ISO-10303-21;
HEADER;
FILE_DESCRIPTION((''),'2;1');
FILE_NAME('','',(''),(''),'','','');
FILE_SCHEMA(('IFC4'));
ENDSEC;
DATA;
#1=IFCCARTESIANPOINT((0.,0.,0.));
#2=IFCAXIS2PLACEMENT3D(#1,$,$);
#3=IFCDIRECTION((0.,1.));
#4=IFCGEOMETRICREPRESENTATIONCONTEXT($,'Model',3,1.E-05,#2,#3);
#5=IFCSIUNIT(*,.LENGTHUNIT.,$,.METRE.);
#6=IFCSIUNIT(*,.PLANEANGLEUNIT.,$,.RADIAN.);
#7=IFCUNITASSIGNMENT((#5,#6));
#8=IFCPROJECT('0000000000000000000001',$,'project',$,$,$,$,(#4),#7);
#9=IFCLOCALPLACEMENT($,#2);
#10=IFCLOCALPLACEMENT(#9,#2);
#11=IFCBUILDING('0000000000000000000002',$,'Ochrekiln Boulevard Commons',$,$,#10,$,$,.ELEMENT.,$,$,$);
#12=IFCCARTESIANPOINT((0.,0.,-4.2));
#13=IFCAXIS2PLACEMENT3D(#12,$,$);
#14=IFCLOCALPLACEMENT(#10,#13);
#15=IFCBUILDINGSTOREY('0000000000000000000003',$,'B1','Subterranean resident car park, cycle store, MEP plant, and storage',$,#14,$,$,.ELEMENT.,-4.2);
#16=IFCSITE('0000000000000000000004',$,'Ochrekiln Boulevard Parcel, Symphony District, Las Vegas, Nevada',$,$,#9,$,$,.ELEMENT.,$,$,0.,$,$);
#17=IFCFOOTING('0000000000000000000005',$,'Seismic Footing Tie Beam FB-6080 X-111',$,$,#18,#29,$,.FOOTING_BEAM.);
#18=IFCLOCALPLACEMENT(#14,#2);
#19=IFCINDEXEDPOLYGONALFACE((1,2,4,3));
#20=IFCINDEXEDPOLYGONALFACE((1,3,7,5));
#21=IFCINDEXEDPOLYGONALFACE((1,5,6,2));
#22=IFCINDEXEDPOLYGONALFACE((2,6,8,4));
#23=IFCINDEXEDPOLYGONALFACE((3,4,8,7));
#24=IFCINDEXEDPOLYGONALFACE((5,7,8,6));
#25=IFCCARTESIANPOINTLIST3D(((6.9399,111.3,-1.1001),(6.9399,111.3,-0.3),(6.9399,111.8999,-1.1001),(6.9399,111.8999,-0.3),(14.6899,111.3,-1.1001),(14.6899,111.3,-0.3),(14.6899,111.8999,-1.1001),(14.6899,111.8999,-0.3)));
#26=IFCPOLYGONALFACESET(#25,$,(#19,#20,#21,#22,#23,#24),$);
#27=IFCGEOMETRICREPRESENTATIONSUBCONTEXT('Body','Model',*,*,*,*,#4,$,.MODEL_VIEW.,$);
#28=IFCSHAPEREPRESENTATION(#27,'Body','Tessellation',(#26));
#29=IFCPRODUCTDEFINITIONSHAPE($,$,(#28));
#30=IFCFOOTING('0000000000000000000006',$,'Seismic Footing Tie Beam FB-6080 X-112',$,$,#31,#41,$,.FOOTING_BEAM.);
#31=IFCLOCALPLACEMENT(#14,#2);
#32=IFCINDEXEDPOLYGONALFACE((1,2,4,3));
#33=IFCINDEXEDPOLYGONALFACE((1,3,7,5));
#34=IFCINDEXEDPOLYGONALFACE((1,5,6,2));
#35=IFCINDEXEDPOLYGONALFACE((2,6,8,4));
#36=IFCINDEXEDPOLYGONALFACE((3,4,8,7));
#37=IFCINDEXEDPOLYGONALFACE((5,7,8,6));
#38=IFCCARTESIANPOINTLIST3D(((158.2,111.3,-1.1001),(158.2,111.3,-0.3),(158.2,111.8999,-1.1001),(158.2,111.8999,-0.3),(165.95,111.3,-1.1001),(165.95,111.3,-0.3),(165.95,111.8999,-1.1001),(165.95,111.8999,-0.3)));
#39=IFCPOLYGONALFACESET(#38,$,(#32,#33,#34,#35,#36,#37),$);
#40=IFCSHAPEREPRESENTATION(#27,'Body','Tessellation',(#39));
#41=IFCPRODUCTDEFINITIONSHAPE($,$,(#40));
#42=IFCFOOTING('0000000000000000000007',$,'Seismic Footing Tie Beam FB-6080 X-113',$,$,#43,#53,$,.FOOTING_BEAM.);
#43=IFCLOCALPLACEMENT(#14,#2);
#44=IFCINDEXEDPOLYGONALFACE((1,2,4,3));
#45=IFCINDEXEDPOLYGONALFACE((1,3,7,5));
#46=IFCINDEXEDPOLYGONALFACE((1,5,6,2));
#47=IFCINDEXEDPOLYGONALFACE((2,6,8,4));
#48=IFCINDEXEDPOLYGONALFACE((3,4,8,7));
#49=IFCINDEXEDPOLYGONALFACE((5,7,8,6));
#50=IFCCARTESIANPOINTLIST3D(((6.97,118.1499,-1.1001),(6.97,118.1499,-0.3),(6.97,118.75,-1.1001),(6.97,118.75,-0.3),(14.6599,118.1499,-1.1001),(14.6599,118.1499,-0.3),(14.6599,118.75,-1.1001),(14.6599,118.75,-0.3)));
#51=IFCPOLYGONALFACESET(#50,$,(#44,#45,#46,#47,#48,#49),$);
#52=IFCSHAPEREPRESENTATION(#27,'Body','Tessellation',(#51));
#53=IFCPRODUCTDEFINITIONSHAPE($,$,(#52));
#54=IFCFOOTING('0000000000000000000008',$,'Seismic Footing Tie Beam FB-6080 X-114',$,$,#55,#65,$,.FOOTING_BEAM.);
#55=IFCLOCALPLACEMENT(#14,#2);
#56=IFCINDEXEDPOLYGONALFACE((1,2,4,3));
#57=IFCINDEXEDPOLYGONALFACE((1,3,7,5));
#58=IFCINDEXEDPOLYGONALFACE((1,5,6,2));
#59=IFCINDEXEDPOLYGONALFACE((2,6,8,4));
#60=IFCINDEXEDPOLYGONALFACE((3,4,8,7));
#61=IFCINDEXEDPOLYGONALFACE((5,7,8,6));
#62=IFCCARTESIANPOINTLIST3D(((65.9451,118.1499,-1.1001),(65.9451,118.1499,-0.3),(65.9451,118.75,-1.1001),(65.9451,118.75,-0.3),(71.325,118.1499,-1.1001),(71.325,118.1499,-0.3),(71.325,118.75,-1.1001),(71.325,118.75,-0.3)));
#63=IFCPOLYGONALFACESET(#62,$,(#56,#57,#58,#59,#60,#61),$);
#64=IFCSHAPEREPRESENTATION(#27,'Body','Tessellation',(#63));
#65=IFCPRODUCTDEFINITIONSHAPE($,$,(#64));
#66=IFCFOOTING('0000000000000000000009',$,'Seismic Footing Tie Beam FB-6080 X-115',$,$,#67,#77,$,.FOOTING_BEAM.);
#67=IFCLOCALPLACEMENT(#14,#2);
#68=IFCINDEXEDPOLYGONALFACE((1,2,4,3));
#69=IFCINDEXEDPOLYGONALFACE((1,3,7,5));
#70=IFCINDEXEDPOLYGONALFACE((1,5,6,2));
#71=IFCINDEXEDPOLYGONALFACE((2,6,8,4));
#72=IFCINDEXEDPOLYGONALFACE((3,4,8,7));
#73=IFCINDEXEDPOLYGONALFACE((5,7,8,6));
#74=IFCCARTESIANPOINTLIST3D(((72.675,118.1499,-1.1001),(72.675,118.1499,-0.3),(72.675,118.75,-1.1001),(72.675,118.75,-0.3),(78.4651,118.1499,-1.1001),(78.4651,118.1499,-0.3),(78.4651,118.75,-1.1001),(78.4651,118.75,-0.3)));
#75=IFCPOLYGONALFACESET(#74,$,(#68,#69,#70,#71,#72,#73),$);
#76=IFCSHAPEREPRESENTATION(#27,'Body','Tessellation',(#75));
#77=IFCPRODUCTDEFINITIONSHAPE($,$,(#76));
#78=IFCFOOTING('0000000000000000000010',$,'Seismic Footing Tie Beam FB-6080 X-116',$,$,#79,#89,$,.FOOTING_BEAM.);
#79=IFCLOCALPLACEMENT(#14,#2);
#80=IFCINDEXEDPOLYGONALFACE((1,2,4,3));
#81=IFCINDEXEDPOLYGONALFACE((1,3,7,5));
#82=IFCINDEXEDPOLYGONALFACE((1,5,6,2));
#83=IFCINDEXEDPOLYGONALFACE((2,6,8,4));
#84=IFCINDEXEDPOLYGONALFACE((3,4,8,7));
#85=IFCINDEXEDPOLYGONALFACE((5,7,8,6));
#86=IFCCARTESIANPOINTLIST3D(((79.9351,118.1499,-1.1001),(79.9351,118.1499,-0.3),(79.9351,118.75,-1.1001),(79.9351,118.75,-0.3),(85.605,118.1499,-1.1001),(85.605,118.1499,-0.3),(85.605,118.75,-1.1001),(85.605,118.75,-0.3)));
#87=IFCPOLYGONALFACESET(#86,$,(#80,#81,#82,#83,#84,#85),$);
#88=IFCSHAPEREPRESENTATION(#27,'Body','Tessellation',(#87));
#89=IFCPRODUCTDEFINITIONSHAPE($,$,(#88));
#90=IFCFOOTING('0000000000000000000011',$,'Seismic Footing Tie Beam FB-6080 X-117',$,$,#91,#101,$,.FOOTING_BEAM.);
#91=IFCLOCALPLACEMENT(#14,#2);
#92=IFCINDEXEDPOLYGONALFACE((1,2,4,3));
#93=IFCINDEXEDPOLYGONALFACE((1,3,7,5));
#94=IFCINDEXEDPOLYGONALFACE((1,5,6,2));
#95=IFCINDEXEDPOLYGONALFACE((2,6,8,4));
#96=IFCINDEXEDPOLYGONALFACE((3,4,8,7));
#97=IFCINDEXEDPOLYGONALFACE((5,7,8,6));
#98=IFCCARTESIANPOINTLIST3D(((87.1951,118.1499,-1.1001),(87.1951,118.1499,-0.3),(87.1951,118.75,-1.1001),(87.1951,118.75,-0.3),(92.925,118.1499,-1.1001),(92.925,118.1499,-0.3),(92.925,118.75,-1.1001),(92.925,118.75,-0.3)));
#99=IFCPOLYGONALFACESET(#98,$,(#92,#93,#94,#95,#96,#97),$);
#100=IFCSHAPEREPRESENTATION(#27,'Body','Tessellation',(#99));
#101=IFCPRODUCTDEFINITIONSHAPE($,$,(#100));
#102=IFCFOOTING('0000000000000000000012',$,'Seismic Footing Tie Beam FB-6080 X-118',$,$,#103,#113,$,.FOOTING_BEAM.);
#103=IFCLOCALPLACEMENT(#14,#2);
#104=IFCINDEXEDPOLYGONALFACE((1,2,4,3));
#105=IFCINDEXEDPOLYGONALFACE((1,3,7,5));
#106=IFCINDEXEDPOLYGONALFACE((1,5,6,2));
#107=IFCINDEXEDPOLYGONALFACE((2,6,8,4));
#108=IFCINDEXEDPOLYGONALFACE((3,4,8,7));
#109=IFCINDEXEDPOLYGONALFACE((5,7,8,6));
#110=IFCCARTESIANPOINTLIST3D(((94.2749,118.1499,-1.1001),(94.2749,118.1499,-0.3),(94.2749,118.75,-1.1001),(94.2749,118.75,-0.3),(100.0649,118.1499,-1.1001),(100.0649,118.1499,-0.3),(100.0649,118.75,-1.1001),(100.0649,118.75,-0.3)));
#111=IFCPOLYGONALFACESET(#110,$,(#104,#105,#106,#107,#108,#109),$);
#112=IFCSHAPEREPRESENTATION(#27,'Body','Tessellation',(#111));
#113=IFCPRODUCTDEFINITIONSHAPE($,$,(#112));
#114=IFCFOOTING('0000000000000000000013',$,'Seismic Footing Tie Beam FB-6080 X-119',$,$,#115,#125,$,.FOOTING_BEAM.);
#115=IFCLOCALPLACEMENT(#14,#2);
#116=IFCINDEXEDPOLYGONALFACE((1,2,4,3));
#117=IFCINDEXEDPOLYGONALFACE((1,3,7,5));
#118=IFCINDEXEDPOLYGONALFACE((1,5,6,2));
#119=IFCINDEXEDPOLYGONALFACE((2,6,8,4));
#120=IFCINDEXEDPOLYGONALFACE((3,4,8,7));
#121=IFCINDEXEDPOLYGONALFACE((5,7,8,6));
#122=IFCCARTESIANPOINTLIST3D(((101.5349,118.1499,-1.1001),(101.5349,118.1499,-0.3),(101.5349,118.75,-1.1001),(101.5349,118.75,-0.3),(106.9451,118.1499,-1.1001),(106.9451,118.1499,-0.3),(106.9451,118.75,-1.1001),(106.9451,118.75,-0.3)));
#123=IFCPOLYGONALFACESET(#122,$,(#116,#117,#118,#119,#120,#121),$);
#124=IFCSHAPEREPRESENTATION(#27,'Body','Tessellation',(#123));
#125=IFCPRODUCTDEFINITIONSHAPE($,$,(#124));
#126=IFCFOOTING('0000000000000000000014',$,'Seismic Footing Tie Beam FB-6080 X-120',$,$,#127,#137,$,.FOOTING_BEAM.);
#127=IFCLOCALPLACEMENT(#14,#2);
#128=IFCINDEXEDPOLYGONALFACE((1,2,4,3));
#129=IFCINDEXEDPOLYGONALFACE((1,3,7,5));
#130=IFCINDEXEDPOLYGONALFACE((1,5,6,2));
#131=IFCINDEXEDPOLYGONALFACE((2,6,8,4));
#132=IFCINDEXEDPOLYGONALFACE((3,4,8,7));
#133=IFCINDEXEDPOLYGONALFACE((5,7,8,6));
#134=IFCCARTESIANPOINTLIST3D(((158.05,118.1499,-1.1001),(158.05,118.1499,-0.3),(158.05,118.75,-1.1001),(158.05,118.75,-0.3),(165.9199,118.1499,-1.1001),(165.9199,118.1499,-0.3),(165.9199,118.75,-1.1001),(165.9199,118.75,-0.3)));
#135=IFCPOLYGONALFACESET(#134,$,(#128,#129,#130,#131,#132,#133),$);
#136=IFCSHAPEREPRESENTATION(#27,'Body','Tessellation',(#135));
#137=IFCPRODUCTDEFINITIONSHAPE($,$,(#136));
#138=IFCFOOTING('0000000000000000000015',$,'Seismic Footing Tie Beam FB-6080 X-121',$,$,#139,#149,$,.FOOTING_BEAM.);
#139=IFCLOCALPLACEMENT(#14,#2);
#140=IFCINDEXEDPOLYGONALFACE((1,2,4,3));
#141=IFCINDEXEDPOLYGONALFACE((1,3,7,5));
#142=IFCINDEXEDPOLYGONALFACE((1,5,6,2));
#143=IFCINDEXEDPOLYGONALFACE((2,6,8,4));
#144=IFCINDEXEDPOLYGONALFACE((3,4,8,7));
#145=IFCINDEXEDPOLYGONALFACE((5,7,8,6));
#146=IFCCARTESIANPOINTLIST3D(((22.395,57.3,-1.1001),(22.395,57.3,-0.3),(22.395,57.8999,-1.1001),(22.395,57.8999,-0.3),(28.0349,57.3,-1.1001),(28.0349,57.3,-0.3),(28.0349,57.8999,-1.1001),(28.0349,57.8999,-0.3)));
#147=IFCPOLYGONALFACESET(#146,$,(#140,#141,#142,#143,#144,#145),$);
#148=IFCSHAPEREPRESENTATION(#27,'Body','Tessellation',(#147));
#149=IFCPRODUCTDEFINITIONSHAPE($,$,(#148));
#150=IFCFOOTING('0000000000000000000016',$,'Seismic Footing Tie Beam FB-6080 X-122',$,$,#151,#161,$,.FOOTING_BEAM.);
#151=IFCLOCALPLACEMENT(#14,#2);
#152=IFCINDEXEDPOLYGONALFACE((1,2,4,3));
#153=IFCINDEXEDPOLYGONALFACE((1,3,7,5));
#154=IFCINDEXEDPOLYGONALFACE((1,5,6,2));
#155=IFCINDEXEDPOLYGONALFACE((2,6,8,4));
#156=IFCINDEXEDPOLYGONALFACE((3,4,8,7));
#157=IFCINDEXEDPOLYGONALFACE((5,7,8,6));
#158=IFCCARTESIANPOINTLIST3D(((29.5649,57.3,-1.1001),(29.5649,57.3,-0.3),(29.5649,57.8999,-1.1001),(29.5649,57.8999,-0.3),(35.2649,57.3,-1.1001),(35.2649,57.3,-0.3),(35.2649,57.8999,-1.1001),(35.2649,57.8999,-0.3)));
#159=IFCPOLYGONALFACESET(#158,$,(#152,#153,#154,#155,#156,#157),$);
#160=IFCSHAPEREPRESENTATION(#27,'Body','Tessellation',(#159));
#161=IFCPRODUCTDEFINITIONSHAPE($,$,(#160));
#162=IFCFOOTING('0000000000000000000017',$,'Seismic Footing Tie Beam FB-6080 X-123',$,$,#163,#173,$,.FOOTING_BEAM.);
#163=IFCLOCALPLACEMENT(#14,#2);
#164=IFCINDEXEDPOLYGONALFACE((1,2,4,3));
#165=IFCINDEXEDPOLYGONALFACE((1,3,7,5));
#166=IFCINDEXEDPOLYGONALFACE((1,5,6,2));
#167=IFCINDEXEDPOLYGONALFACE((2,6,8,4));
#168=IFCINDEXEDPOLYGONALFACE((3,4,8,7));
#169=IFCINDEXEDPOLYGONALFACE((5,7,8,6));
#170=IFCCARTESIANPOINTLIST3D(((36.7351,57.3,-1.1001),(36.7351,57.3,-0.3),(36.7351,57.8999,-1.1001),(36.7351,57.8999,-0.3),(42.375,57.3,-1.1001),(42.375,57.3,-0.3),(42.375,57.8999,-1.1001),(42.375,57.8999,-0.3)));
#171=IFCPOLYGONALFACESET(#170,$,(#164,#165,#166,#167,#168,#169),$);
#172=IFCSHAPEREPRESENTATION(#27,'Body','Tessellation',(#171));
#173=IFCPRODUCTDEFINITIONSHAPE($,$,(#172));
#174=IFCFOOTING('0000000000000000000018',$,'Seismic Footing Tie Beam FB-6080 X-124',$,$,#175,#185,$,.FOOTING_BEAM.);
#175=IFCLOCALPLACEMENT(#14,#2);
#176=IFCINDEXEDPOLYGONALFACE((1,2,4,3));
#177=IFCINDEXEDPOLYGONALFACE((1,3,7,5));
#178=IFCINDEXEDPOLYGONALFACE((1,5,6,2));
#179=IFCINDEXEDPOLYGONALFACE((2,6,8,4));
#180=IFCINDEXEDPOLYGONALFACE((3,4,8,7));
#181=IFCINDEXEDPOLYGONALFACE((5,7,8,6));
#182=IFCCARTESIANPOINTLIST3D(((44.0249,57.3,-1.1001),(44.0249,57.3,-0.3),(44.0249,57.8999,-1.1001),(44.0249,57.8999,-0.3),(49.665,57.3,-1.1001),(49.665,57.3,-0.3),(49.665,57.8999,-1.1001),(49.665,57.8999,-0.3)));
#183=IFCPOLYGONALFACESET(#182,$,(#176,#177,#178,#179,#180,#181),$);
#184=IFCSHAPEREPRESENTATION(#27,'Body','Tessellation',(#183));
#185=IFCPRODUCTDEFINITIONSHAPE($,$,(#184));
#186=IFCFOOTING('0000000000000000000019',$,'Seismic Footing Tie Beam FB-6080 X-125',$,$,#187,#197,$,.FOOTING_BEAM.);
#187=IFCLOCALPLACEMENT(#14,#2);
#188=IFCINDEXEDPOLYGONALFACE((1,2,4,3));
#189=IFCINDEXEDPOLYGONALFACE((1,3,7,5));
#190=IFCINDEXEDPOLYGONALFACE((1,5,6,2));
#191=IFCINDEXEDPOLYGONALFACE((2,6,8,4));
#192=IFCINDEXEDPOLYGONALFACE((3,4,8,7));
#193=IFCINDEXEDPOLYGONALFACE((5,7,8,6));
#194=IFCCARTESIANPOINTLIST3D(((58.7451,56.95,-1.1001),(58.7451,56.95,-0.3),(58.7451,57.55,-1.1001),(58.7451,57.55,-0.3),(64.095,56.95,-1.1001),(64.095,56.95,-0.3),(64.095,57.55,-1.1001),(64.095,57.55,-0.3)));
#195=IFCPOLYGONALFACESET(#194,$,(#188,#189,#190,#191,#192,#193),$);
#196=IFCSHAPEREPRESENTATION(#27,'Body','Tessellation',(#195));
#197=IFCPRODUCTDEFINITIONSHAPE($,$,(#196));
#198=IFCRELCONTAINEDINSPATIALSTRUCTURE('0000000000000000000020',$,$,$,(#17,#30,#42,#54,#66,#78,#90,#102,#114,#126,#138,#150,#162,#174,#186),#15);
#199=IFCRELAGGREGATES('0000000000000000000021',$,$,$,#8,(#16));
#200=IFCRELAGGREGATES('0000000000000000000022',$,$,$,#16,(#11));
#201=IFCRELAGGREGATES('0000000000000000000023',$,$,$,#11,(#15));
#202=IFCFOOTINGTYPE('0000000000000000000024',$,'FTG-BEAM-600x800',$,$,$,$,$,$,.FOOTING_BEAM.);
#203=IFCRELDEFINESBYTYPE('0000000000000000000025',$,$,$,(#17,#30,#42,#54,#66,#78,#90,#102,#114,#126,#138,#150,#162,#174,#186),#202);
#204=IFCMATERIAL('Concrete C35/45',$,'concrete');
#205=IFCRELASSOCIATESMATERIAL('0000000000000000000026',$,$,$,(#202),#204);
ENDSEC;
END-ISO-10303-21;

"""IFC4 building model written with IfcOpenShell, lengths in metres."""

from ifc_helpers import new_model, si_unit, direction, frame, origin, place, context, subcontext, project, spatial, polyline, outline, extrude, material, type_object, element, save


model = new_model("IFC4")

# Units and contexts
model_context = context("Model", 3, precision=1e-05, world=origin(), true_north=direction((0.0, 1.0)))
body_context = subcontext(model_context, "Body", "Model", "MODEL_VIEW")
ifc_project = project(units=[si_unit("LENGTHUNIT", "METRE"), si_unit("PLANEANGLEUNIT", "RADIAN")], contexts=[model_context])

# Site, building, storey
site_placement = place(None, origin())
site = spatial("IfcSite", under=ifc_project, at=site_placement, Name="Ochrekiln Boulevard Parcel, Symphony District, Las Vegas, Nevada", CompositionType="ELEMENT", RefElevation=0.0)
building_placement = place(site_placement, origin())
building = spatial("IfcBuilding", under=site, at=building_placement, Name="Ochrekiln Boulevard Commons", CompositionType="ELEMENT")
storey_placement = place(building_placement, frame((0.0, 0.0, -4.2)))
storey = spatial("IfcBuildingStorey", under=building, at=storey_placement, Name="B1", Description="Subterranean resident car park, cycle store, MEP plant, and storage", CompositionType="ELEMENT", Elevation=-4.2)

# Footings
ifc_material = material(Name="Concrete C35/45", Category="concrete")
footing_type = type_object("IfcFootingType", Name="FTG-BEAM-600x800", PredefinedType="FOOTING_BEAM", material=ifc_material)
footing_1_placement = place(storey_placement, frame((0.0, 0.0, -1.1001)))
element("IfcFooting", 1, at=footing_1_placement, inside=storey, type_object=footing_type, Name="Seismic Footing Tie Beam FB-6080 X-111", PredefinedType="FOOTING_BEAM", context=body_context, shape_type="SweptSolid", body=[
    extrude(outline(polyline([(6.9399, 111.3), (14.6899, 111.3), (14.6899, 111.8999), (6.9399, 111.8999), (6.9399, 111.3)])), origin(), (0.0, 0.0, 1.0), 0.8),
])
footing_2_placement = place(storey_placement, frame((0.0, 0.0, -1.1001)))
element("IfcFooting", 2, at=footing_2_placement, inside=storey, type_object=footing_type, Name="Seismic Footing Tie Beam FB-6080 X-112", PredefinedType="FOOTING_BEAM", context=body_context, shape_type="SweptSolid", body=[
    extrude(outline(polyline([(158.2, 111.3), (165.95, 111.3), (165.95, 111.8999), (158.2, 111.8999), (158.2, 111.3)])), origin(), (0.0, 0.0, 1.0), 0.8),
])
footing_3_placement = place(storey_placement, frame((0.0, 0.0, -1.1001)))
element("IfcFooting", 3, at=footing_3_placement, inside=storey, type_object=footing_type, Name="Seismic Footing Tie Beam FB-6080 X-113", PredefinedType="FOOTING_BEAM", context=body_context, shape_type="SweptSolid", body=[
    extrude(outline(polyline([(6.97, 118.1499), (14.6599, 118.1499), (14.6599, 118.75), (6.97, 118.75), (6.97, 118.1499)])), origin(), (0.0, 0.0, 1.0), 0.8),
])
footing_4_placement = place(storey_placement, frame((0.0, 0.0, -1.1001)))
element("IfcFooting", 4, at=footing_4_placement, inside=storey, type_object=footing_type, Name="Seismic Footing Tie Beam FB-6080 X-114", PredefinedType="FOOTING_BEAM", context=body_context, shape_type="SweptSolid", body=[
    extrude(outline(polyline([(65.9451, 118.1499), (71.325, 118.1499), (71.325, 118.75), (65.9451, 118.75), (65.9451, 118.1499)])), origin(), (0.0, 0.0, 1.0), 0.8),
])
footing_5_placement = place(storey_placement, frame((0.0, 0.0, -1.1001)))
element("IfcFooting", 5, at=footing_5_placement, inside=storey, type_object=footing_type, Name="Seismic Footing Tie Beam FB-6080 X-115", PredefinedType="FOOTING_BEAM", context=body_context, shape_type="SweptSolid", body=[
    extrude(outline(polyline([(72.675, 118.1499), (78.4651, 118.1499), (78.4651, 118.75), (72.675, 118.75), (72.675, 118.1499)])), origin(), (0.0, 0.0, 1.0), 0.8),
])
footing_6_placement = place(storey_placement, frame((0.0, 0.0, -1.1001)))
element("IfcFooting", 6, at=footing_6_placement, inside=storey, type_object=footing_type, Name="Seismic Footing Tie Beam FB-6080 X-116", PredefinedType="FOOTING_BEAM", context=body_context, shape_type="SweptSolid", body=[
    extrude(outline(polyline([(79.9351, 118.1499), (85.605, 118.1499), (85.605, 118.75), (79.9351, 118.75), (79.9351, 118.1499)])), origin(), (0.0, 0.0, 1.0), 0.8),
])
footing_7_placement = place(storey_placement, frame((0.0, 0.0, -1.1001)))
element("IfcFooting", 7, at=footing_7_placement, inside=storey, type_object=footing_type, Name="Seismic Footing Tie Beam FB-6080 X-117", PredefinedType="FOOTING_BEAM", context=body_context, shape_type="SweptSolid", body=[
    extrude(outline(polyline([(87.1951, 118.1499), (92.925, 118.1499), (92.925, 118.75), (87.1951, 118.75), (87.1951, 118.1499)])), origin(), (0.0, 0.0, 1.0), 0.8),
])
footing_8_placement = place(storey_placement, frame((0.0, 0.0, -1.1001)))
element("IfcFooting", 8, at=footing_8_placement, inside=storey, type_object=footing_type, Name="Seismic Footing Tie Beam FB-6080 X-118", PredefinedType="FOOTING_BEAM", context=body_context, shape_type="SweptSolid", body=[
    extrude(outline(polyline([(94.2749, 118.1499), (100.0649, 118.1499), (100.0649, 118.75), (94.2749, 118.75), (94.2749, 118.1499)])), origin(), (0.0, 0.0, 1.0), 0.8),
])
footing_9_placement = place(storey_placement, frame((0.0, 0.0, -1.1001)))
element("IfcFooting", 9, at=footing_9_placement, inside=storey, type_object=footing_type, Name="Seismic Footing Tie Beam FB-6080 X-119", PredefinedType="FOOTING_BEAM", context=body_context, shape_type="SweptSolid", body=[
    extrude(outline(polyline([(101.5349, 118.1499), (106.9451, 118.1499), (106.9451, 118.75), (101.5349, 118.75), (101.5349, 118.1499)])), origin(), (0.0, 0.0, 1.0), 0.8),
])
footing_10_placement = place(storey_placement, frame((0.0, 0.0, -1.1001)))
element("IfcFooting", 10, at=footing_10_placement, inside=storey, type_object=footing_type, Name="Seismic Footing Tie Beam FB-6080 X-120", PredefinedType="FOOTING_BEAM", context=body_context, shape_type="SweptSolid", body=[
    extrude(outline(polyline([(158.05, 118.1499), (165.9199, 118.1499), (165.9199, 118.75), (158.05, 118.75), (158.05, 118.1499)])), origin(), (0.0, 0.0, 1.0), 0.8),
])
footing_11_placement = place(storey_placement, frame((0.0, 0.0, -1.1001)))
element("IfcFooting", 11, at=footing_11_placement, inside=storey, type_object=footing_type, Name="Seismic Footing Tie Beam FB-6080 X-121", PredefinedType="FOOTING_BEAM", context=body_context, shape_type="SweptSolid", body=[
    extrude(outline(polyline([(22.395, 57.3), (28.0349, 57.3), (28.0349, 57.8999), (22.395, 57.8999), (22.395, 57.3)])), origin(), (0.0, 0.0, 1.0), 0.8),
])
footing_12_placement = place(storey_placement, frame((0.0, 0.0, -1.1001)))
element("IfcFooting", 12, at=footing_12_placement, inside=storey, type_object=footing_type, Name="Seismic Footing Tie Beam FB-6080 X-122", PredefinedType="FOOTING_BEAM", context=body_context, shape_type="SweptSolid", body=[
    extrude(outline(polyline([(29.5649, 57.3), (35.2649, 57.3), (35.2649, 57.8999), (29.5649, 57.8999), (29.5649, 57.3)])), origin(), (0.0, 0.0, 1.0), 0.8),
])
footing_13_placement = place(storey_placement, frame((0.0, 0.0, -1.1001)))
element("IfcFooting", 13, at=footing_13_placement, inside=storey, type_object=footing_type, Name="Seismic Footing Tie Beam FB-6080 X-123", PredefinedType="FOOTING_BEAM", context=body_context, shape_type="SweptSolid", body=[
    extrude(outline(polyline([(36.7351, 57.3), (42.375, 57.3), (42.375, 57.8999), (36.7351, 57.8999), (36.7351, 57.3)])), origin(), (0.0, 0.0, 1.0), 0.8),
])
footing_14_placement = place(storey_placement, frame((0.0, 0.0, -1.1001)))
element("IfcFooting", 14, at=footing_14_placement, inside=storey, type_object=footing_type, Name="Seismic Footing Tie Beam FB-6080 X-124", PredefinedType="FOOTING_BEAM", context=body_context, shape_type="SweptSolid", body=[
    extrude(outline(polyline([(44.0249, 57.3), (49.665, 57.3), (49.665, 57.8999), (44.0249, 57.8999), (44.0249, 57.3)])), origin(), (0.0, 0.0, 1.0), 0.8),
])
footing_15_placement = place(storey_placement, frame((0.0, 0.0, -1.1001)))
element("IfcFooting", 15, at=footing_15_placement, inside=storey, type_object=footing_type, Name="Seismic Footing Tie Beam FB-6080 X-125", PredefinedType="FOOTING_BEAM", context=body_context, shape_type="SweptSolid", body=[
    extrude(outline(polyline([(58.7451, 56.95), (64.095, 56.95), (64.095, 57.55), (58.7451, 57.55), (58.7451, 56.95)])), origin(), (0.0, 0.0, 1.0), 0.8),
])

save(model, "model.ifc")
